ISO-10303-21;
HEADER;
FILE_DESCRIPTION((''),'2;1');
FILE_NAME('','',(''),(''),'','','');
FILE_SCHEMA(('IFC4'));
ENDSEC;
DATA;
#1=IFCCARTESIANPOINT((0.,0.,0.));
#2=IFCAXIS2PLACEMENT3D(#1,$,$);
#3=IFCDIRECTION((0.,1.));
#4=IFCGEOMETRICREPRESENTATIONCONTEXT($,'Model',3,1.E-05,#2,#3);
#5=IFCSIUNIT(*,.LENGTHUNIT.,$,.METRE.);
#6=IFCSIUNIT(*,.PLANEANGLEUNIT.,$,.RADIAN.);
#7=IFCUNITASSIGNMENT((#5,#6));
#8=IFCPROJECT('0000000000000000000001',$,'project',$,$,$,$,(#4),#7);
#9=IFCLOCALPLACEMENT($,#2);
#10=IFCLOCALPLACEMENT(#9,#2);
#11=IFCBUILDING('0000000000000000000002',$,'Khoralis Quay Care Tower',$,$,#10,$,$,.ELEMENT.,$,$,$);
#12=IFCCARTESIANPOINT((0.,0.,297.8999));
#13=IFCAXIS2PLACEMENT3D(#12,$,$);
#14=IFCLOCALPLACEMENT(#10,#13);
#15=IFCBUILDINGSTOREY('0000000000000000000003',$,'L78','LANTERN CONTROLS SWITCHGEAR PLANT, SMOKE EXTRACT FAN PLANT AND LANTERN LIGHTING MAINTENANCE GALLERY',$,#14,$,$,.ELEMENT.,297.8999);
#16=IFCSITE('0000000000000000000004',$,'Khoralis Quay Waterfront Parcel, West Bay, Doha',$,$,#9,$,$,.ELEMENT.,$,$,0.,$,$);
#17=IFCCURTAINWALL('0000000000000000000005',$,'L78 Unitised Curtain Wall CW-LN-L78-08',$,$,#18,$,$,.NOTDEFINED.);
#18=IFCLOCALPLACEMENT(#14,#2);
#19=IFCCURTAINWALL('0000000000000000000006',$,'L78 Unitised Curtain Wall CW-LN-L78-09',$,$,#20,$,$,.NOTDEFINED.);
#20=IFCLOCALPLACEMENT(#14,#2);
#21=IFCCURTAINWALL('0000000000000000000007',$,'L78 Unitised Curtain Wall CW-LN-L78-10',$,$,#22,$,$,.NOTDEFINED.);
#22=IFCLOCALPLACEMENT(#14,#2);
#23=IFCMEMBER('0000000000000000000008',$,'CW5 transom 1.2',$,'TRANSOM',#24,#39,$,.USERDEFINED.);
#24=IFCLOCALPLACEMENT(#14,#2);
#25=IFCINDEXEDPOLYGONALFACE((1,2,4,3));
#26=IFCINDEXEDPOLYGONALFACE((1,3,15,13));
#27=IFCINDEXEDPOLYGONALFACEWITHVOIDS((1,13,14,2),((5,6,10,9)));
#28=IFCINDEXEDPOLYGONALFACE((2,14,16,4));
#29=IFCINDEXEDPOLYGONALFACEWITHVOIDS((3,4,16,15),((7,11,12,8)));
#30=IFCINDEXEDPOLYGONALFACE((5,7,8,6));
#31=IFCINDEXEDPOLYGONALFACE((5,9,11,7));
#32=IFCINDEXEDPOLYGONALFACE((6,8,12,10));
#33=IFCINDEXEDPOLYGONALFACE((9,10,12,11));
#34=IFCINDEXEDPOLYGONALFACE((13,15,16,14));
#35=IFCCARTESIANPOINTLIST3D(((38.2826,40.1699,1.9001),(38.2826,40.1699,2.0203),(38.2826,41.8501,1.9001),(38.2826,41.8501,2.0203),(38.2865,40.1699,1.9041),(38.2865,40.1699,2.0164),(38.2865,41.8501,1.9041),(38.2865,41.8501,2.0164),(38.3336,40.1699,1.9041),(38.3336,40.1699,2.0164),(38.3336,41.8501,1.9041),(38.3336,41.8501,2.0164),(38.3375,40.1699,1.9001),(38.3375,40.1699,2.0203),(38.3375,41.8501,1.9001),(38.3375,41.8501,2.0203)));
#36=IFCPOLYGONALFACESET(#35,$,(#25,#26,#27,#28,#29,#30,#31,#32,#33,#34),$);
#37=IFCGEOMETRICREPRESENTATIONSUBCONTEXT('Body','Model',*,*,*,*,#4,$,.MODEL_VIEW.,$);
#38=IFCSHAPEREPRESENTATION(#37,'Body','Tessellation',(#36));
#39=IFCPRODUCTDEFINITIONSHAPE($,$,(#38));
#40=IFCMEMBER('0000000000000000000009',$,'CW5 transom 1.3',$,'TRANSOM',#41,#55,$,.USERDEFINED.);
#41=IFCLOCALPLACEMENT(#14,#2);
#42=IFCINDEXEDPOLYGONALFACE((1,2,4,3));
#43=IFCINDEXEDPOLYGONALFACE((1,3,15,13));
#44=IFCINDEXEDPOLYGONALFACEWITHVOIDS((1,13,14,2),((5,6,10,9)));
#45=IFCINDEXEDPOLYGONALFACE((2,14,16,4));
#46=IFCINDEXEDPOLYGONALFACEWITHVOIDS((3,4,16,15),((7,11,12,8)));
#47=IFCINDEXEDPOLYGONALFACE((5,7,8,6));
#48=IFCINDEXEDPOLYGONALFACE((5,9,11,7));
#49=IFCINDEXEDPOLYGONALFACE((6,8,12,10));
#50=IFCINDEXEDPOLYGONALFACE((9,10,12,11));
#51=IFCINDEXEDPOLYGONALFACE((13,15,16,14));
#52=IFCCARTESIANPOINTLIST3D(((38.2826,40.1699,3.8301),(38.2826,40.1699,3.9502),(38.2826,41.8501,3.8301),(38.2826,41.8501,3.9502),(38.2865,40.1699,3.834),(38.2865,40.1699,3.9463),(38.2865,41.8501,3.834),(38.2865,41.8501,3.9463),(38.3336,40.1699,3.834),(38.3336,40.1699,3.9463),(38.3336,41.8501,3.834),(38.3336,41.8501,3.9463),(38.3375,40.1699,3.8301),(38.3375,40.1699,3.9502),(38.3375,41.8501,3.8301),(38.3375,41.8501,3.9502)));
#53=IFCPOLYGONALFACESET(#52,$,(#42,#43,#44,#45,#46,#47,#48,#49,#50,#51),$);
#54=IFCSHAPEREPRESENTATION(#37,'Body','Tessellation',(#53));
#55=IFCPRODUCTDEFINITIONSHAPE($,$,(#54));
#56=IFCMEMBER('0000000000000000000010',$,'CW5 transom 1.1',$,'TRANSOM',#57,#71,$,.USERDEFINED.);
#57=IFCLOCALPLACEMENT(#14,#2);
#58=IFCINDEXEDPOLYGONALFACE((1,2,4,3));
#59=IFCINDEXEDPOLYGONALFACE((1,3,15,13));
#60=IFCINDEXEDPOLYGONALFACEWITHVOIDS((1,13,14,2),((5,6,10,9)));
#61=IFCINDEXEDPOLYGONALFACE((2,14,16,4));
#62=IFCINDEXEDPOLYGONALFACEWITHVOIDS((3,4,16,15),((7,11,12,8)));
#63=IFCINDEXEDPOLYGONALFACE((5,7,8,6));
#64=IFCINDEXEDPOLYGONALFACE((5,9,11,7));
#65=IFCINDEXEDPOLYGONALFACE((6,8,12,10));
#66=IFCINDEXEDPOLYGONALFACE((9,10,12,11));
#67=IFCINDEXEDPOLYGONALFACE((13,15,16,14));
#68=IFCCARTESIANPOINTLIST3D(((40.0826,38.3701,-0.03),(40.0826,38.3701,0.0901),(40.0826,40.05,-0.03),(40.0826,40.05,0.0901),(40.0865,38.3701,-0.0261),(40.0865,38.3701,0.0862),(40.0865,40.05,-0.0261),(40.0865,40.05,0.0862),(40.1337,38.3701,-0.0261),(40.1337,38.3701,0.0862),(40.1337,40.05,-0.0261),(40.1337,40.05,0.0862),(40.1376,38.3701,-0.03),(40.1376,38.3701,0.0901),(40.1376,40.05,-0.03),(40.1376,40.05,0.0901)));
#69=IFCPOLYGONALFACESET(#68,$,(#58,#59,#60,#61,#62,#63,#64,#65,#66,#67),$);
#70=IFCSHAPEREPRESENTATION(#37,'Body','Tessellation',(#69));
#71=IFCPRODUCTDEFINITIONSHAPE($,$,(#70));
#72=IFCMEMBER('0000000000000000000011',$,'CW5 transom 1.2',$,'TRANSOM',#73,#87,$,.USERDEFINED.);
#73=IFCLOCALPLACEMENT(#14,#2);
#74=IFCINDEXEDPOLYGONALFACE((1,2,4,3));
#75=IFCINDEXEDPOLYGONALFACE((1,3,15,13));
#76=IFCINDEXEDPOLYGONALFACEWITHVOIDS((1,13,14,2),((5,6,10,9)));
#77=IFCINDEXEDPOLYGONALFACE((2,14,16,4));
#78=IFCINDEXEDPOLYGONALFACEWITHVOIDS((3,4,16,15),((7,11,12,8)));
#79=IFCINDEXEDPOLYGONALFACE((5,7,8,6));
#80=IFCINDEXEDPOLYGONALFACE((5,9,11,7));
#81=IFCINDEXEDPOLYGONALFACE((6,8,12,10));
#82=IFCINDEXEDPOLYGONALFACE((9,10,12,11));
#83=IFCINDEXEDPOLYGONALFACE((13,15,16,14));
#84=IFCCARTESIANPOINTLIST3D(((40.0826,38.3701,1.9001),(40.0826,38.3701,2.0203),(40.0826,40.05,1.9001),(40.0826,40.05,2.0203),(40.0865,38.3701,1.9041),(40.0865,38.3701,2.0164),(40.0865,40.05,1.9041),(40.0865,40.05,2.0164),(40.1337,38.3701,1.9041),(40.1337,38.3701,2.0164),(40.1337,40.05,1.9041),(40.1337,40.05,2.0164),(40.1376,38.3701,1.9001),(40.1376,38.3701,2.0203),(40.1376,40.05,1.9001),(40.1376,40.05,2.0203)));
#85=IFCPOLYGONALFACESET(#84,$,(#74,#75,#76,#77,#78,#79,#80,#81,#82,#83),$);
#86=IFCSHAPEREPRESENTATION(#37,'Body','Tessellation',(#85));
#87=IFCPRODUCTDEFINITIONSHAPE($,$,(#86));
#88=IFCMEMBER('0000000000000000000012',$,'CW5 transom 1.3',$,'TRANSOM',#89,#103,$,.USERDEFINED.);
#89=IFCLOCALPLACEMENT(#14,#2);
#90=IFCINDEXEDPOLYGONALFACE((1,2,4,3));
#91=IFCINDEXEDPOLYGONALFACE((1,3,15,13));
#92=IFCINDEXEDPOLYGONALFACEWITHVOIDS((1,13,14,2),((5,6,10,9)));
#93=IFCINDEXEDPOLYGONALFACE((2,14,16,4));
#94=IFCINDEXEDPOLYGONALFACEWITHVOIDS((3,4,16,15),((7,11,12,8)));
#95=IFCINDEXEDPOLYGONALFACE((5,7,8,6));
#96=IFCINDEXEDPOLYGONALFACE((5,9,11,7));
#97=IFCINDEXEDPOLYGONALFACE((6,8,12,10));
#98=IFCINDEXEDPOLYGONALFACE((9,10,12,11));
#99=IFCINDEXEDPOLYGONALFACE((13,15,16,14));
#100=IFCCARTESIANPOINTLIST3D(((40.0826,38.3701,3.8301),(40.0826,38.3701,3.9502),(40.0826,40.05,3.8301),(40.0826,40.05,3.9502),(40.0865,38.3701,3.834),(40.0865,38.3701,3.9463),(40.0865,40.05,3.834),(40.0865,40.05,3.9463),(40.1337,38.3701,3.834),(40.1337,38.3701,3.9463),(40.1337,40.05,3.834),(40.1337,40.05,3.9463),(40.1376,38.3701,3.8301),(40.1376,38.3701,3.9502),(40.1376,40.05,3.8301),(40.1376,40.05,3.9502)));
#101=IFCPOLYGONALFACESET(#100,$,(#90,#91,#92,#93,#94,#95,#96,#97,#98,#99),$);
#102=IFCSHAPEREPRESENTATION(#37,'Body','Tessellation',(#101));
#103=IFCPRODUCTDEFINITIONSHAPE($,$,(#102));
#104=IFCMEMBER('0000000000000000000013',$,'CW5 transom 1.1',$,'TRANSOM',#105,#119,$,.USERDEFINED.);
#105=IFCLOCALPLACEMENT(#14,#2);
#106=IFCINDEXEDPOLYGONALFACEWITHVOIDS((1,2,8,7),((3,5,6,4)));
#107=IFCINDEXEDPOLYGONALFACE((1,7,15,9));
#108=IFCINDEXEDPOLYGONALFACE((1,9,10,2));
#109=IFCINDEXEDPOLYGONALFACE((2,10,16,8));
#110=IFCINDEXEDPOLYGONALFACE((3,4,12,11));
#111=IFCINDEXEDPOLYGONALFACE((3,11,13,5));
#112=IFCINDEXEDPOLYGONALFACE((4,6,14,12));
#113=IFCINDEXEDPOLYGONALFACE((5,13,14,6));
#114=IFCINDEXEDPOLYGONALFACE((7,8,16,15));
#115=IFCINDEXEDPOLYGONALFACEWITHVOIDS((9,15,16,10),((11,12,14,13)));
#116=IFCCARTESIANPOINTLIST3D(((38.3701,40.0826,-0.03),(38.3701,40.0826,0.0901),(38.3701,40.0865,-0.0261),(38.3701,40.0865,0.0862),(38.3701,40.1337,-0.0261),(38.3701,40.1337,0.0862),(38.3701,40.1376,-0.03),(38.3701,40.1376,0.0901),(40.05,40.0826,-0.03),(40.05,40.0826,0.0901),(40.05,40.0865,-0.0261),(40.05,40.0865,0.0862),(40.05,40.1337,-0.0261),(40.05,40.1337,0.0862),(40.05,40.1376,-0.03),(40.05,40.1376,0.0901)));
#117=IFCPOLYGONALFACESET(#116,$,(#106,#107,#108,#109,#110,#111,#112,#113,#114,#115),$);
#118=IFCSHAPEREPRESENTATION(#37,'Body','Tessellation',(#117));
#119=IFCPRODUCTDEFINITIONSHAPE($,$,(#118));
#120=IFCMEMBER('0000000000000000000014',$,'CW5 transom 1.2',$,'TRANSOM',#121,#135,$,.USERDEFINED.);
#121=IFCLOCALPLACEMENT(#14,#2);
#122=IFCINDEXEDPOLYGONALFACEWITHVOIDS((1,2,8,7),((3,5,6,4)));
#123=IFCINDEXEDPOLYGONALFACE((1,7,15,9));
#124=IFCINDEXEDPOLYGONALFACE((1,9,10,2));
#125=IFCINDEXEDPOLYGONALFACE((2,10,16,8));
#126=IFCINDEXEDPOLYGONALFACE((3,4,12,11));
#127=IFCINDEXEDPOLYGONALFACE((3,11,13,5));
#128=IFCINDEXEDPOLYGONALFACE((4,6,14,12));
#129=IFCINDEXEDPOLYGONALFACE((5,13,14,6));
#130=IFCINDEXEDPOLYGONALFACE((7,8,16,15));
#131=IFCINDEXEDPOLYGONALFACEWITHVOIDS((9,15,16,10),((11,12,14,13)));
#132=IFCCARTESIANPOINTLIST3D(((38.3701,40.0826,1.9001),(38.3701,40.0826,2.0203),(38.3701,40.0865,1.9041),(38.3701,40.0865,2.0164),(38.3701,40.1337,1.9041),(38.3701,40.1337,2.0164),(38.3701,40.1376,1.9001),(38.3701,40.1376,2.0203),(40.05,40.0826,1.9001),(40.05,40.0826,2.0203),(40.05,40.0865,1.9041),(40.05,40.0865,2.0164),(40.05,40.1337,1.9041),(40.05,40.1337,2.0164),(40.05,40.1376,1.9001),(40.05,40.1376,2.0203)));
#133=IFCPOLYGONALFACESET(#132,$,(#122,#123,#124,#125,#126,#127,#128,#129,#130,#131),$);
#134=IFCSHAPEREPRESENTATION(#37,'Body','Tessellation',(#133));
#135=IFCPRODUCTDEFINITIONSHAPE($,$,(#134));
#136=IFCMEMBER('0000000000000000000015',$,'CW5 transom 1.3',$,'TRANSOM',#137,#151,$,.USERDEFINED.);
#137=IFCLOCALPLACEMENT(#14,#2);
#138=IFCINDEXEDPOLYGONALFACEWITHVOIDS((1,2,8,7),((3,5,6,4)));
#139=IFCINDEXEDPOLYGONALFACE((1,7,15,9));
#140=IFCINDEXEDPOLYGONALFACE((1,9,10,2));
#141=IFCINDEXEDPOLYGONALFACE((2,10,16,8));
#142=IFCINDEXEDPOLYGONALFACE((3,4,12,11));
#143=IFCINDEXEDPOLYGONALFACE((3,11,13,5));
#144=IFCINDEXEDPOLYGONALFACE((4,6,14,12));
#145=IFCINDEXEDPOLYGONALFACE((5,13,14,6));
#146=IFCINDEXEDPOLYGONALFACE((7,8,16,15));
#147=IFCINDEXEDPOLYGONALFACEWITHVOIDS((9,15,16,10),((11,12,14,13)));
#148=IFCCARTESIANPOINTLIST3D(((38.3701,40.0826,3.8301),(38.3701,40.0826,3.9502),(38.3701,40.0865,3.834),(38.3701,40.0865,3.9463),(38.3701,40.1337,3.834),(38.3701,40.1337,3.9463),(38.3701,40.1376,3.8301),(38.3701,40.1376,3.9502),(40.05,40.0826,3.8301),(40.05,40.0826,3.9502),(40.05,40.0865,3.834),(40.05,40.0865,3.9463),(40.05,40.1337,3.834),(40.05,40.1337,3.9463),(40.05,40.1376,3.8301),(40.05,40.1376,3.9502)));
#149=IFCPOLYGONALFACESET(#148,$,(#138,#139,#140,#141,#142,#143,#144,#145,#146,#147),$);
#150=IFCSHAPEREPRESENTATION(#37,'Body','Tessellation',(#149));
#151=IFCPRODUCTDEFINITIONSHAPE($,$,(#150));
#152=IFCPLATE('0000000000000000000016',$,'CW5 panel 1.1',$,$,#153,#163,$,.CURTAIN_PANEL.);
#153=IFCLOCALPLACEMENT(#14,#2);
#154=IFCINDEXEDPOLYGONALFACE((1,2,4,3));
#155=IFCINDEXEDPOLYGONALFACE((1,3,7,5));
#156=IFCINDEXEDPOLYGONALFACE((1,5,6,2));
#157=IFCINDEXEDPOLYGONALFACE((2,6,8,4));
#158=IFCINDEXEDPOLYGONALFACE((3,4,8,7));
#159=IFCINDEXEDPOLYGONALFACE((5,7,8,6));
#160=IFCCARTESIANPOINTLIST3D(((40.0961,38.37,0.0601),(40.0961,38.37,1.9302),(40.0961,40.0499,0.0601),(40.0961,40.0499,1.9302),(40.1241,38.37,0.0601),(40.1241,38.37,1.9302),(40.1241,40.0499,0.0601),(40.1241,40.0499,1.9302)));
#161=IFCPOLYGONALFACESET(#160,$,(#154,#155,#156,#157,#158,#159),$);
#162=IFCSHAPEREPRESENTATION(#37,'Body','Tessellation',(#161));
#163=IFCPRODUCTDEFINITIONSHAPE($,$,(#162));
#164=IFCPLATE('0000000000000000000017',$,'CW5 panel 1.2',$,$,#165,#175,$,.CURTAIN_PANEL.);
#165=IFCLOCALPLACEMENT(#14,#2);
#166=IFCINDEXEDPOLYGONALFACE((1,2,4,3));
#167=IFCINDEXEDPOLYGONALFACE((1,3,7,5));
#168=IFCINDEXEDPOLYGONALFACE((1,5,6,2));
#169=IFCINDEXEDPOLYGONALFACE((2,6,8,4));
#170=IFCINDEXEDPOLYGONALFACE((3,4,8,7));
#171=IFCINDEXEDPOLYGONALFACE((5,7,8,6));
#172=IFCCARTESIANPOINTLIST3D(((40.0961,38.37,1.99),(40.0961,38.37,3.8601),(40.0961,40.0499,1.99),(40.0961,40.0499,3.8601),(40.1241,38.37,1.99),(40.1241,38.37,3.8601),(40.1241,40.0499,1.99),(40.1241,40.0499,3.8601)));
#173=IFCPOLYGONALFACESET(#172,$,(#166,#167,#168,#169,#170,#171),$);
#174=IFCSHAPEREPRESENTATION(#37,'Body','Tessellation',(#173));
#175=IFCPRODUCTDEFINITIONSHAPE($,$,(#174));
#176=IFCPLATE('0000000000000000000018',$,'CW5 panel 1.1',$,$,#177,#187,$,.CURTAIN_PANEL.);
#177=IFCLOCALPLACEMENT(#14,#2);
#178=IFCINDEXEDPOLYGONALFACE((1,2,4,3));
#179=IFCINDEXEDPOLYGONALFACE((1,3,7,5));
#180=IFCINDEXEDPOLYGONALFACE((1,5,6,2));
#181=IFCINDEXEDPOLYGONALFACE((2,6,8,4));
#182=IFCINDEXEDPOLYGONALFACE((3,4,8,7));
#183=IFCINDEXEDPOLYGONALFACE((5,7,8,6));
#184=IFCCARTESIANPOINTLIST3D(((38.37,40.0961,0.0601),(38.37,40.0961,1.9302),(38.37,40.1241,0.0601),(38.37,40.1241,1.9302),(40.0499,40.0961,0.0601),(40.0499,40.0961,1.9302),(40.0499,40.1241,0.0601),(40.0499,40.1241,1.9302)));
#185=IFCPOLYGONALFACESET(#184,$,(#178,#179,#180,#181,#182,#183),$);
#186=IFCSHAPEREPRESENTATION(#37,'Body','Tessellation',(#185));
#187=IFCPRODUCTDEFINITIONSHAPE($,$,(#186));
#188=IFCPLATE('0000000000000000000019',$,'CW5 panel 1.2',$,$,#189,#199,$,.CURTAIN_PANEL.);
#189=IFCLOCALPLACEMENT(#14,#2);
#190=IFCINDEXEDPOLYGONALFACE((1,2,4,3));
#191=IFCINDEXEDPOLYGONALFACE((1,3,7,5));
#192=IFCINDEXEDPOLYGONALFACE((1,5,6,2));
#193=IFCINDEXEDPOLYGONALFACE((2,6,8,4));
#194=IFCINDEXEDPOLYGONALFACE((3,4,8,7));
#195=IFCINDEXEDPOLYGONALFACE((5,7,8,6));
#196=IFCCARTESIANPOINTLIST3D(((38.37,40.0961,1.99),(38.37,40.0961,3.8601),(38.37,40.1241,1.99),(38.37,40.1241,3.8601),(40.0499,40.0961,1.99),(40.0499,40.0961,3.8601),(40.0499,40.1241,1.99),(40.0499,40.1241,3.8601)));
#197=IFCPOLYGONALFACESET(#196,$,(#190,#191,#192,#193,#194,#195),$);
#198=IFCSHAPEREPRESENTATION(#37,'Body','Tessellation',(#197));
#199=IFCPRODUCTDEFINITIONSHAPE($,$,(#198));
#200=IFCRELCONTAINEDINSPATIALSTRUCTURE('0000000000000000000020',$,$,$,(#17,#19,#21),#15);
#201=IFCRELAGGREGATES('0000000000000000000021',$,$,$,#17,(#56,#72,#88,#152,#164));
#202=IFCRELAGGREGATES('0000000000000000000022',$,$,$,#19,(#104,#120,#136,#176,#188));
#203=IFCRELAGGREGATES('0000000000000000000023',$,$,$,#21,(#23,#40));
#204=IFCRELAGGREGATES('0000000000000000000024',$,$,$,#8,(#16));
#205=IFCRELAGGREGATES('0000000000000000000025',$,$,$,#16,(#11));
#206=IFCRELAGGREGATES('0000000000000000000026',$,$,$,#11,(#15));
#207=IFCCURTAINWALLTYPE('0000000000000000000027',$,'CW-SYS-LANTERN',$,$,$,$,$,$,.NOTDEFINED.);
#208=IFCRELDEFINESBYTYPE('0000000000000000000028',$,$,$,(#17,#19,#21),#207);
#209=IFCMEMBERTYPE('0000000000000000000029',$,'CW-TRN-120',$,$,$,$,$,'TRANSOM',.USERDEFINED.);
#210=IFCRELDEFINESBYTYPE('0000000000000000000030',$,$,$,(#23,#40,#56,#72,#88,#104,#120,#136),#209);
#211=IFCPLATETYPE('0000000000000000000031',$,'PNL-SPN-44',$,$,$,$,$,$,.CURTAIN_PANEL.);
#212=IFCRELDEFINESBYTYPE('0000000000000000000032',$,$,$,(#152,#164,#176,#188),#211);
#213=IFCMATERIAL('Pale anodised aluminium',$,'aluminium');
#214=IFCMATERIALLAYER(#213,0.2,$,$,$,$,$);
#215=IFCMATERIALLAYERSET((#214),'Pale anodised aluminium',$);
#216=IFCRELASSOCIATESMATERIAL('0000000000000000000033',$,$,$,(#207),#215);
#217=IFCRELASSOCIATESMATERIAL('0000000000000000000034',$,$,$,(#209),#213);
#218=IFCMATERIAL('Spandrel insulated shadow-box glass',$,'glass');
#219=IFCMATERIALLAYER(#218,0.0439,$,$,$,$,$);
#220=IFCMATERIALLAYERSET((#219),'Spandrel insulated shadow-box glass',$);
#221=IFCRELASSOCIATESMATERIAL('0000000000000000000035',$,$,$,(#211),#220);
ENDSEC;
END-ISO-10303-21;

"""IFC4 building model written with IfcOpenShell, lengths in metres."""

from ifc_helpers import new_model, si_unit, direction, frame, origin, origin_2d, place, context, subcontext, project, spatial, rectangle, hollow_rectangle, extrude, source, transform, mapped, material, layer, layer_set, material_profile, profile_set, type_object, element, aggregate, save


model = new_model("IFC4")

# Units and contexts
model_context = context("Model", 3, precision=1e-05, world=origin(), true_north=direction((0.0, 1.0)))
body_context = subcontext(model_context, "Body", "Model", "MODEL_VIEW")
ifc_project = project(units=[si_unit("LENGTHUNIT", "METRE"), si_unit("PLANEANGLEUNIT", "RADIAN")], contexts=[model_context])

# Site, building, storey
site_placement = place(None, origin())
site = spatial("IfcSite", under=ifc_project, at=site_placement, Name="Khoralis Quay Waterfront Parcel, West Bay, Doha", CompositionType="ELEMENT", RefElevation=0.0)
building_placement = place(site_placement, origin())
building = spatial("IfcBuilding", under=site, at=building_placement, Name="Khoralis Quay Care Tower", CompositionType="ELEMENT")
storey_placement = place(building_placement, frame((0.0, 0.0, 297.8999)))
storey = spatial("IfcBuildingStorey", under=building, at=storey_placement, Name="L78", Description="LANTERN CONTROLS SWITCHGEAR PLANT, SMOKE EXTRACT FAN PLANT AND LANTERN LIGHTING MAINTENANCE GALLERY", CompositionType="ELEMENT", Elevation=297.8999)

# Shared definitions
ifc_material_1 = material(Name="Pale anodised aluminium", Category="aluminium")
ifc_layer_1 = layer(ifc_material_1, 0.2)
ifc_layer_set_1 = layer_set([ifc_layer_1], Name="Pale anodised aluminium")
curtain_wall_type = type_object("IfcCurtainWallType", Name="CW-SYS-LANTERN", PredefinedType="NOTDEFINED", material=ifc_layer_set_1)

# Curtain walls
curtain_wall_1_placement = place(storey_placement, origin())
curtain_wall_1 = element("IfcCurtainWall", 1, at=curtain_wall_1_placement, inside=storey, type_object=curtain_wall_type, Name="L78 Unitised Curtain Wall CW-LN-L78-08", PredefinedType="NOTDEFINED")
curtain_wall_2_placement = place(storey_placement, origin())
curtain_wall_2 = element("IfcCurtainWall", 2, at=curtain_wall_2_placement, inside=storey, type_object=curtain_wall_type, Name="L78 Unitised Curtain Wall CW-LN-L78-09", PredefinedType="NOTDEFINED")
curtain_wall_3_placement = place(storey_placement, origin())
curtain_wall_3 = element("IfcCurtainWall", 3, at=curtain_wall_3_placement, inside=storey, type_object=curtain_wall_type, Name="L78 Unitised Curtain Wall CW-LN-L78-10", PredefinedType="NOTDEFINED")
ifc_material_profile_1 = material_profile(ifc_material_1, hollow_rectangle(XDim=0.0549, YDim=0.1201, WallThickness=0.0039, at=origin_2d()), Name="Pale anodised aluminium")
ifc_profile_set_1 = profile_set([ifc_material_profile_1], Name="Pale anodised aluminium")
member_type_1 = type_object("IfcMemberType", Name="CW-TRN-120", ElementType="TRANSOM", PredefinedType="USERDEFINED", material=ifc_profile_set_1)

# Members
shared_shape_1 = source(origin(), body_context, "Body", "SweptSolid", [
    extrude(hollow_rectangle(XDim=0.0549, YDim=0.1201, WallThickness=0.0039, at=origin_2d()), origin(), (0.0, 0.0, 1.0), 1.6802),
])
member_1_placement = place(storey_placement, frame((38.3101, 40.1699, 1.9602), z_axis=(0.0, 1.0, 0.0), x_axis=(-1.0, 0.0, 0.0)))
member_1 = element("IfcMember", 4, at=member_1_placement, type_object=member_type_1, Name="CW5 transom 1.2", ObjectType="TRANSOM", PredefinedType="USERDEFINED", context=body_context, shape_type="MappedRepresentation", body=[
    mapped(shared_shape_1, transform((0.0, 0.0, 0.0), scale=1.0)),
])
member_2_placement = place(storey_placement, frame((38.3101, 40.1699, 3.8901), z_axis=(0.0, 1.0, 0.0), x_axis=(-1.0, 0.0, 0.0)))
member_2 = element("IfcMember", 5, at=member_2_placement, type_object=member_type_1, Name="CW5 transom 1.3", ObjectType="TRANSOM", PredefinedType="USERDEFINED", context=body_context, shape_type="MappedRepresentation", body=[
    mapped(shared_shape_1, transform((0.0, 0.0, 0.0), scale=1.0)),
])
shared_shape_2 = source(origin(), body_context, "Body", "SweptSolid", [
    extrude(hollow_rectangle(XDim=0.0549, YDim=0.1201, WallThickness=0.0039, at=origin_2d()), origin(), (0.0, 0.0, 1.0), 1.6799),
])
member_3_placement = place(storey_placement, frame((40.1101, 38.3701, 0.03), z_axis=(0.0, 1.0, 0.0), x_axis=(-1.0, 0.0, 0.0)))
member_3 = element("IfcMember", 6, at=member_3_placement, type_object=member_type_1, Name="CW5 transom 1.1", ObjectType="TRANSOM", PredefinedType="USERDEFINED", context=body_context, shape_type="MappedRepresentation", body=[
    mapped(shared_shape_2, transform((0.0, 0.0, 0.0), scale=1.0)),
])
member_4_placement = place(storey_placement, frame((40.1101, 38.3701, 1.9602), z_axis=(0.0, 1.0, 0.0), x_axis=(-1.0, 0.0, 0.0)))
member_4 = element("IfcMember", 7, at=member_4_placement, type_object=member_type_1, Name="CW5 transom 1.2", ObjectType="TRANSOM", PredefinedType="USERDEFINED", context=body_context, shape_type="MappedRepresentation", body=[
    mapped(shared_shape_2, transform((0.0, 0.0, 0.0), scale=1.0)),
])
member_5_placement = place(storey_placement, frame((40.1101, 38.3701, 3.8901), z_axis=(0.0, 1.0, 0.0), x_axis=(-1.0, 0.0, 0.0)))
member_5 = element("IfcMember", 8, at=member_5_placement, type_object=member_type_1, Name="CW5 transom 1.3", ObjectType="TRANSOM", PredefinedType="USERDEFINED", context=body_context, shape_type="MappedRepresentation", body=[
    mapped(shared_shape_2, transform((0.0, 0.0, 0.0), scale=1.0)),
])
member_6_placement = place(storey_placement, frame((40.05, 40.1101, 0.03), z_axis=(-1.0, 0.0, 0.0), x_axis=(0.0, -1.0, 0.0)))
member_6 = element("IfcMember", 9, at=member_6_placement, type_object=member_type_1, Name="CW5 transom 1.1", ObjectType="TRANSOM", PredefinedType="USERDEFINED", context=body_context, shape_type="MappedRepresentation", body=[
    mapped(shared_shape_2, transform((0.0, 0.0, 0.0), scale=1.0)),
])
member_7_placement = place(storey_placement, frame((40.05, 40.1101, 1.9602), z_axis=(-1.0, 0.0, 0.0), x_axis=(0.0, -1.0, 0.0)))
member_7 = element("IfcMember", 10, at=member_7_placement, type_object=member_type_1, Name="CW5 transom 1.2", ObjectType="TRANSOM", PredefinedType="USERDEFINED", context=body_context, shape_type="MappedRepresentation", body=[
    mapped(shared_shape_2, transform((0.0, 0.0, 0.0), scale=1.0)),
])
member_8_placement = place(storey_placement, frame((40.05, 40.1101, 3.8901), z_axis=(-1.0, 0.0, 0.0), x_axis=(0.0, -1.0, 0.0)))
member_8 = element("IfcMember", 11, at=member_8_placement, type_object=member_type_1, Name="CW5 transom 1.3", ObjectType="TRANSOM", PredefinedType="USERDEFINED", context=body_context, shape_type="MappedRepresentation", body=[
    mapped(shared_shape_2, transform((0.0, 0.0, 0.0), scale=1.0)),
])

# Plates
ifc_material_2 = material(Name="Spandrel insulated shadow-box glass", Category="glass")
ifc_layer_2 = layer(ifc_material_2, 0.0439)
ifc_layer_set_2 = layer_set([ifc_layer_2], Name="Spandrel insulated shadow-box glass")
plate_type = type_object("IfcPlateType", Name="PNL-SPN-44", PredefinedType="CURTAIN_PANEL", material=ifc_layer_set_2)
shared_shape_3 = source(origin(), body_context, "Body", "SweptSolid", [
    extrude(rectangle(XDim=1.6799, YDim=0.0281, at=origin_2d()), origin(), (0.0, 0.0, 1.0), 1.8701),
])
plate_1_placement = place(storey_placement, frame((40.1101, 39.21, 0.0601), z_axis=(0.0, 0.0, 1.0), x_axis=(0.0, 1.0, 0.0)))
plate_1 = element("IfcPlate", 12, at=plate_1_placement, type_object=plate_type, Name="CW5 panel 1.1", PredefinedType="CURTAIN_PANEL", context=body_context, shape_type="MappedRepresentation", body=[
    mapped(shared_shape_3, transform((0.0, 0.0, 0.0), scale=1.0)),
])
plate_2_placement = place(storey_placement, frame((40.1101, 39.21, 1.99), z_axis=(0.0, 0.0, 1.0), x_axis=(0.0, 1.0, 0.0)))
plate_2 = element("IfcPlate", 13, at=plate_2_placement, type_object=plate_type, Name="CW5 panel 1.2", PredefinedType="CURTAIN_PANEL", context=body_context, shape_type="MappedRepresentation", body=[
    mapped(shared_shape_3, transform((0.0, 0.0, 0.0), scale=1.0)),
])
aggregate(curtain_wall_1, [member_3, member_4, member_5, plate_1, plate_2])
plate_3_placement = place(storey_placement, frame((39.21, 40.1101, 0.0601), z_axis=(0.0, 0.0, 1.0), x_axis=(-1.0, 0.0, 0.0)))
plate_3 = element("IfcPlate", 14, at=plate_3_placement, type_object=plate_type, Name="CW5 panel 1.1", PredefinedType="CURTAIN_PANEL", context=body_context, shape_type="MappedRepresentation", body=[
    mapped(shared_shape_3, transform((0.0, 0.0, 0.0), scale=1.0)),
])
plate_4_placement = place(storey_placement, frame((39.21, 40.1101, 1.99), z_axis=(0.0, 0.0, 1.0), x_axis=(-1.0, 0.0, 0.0)))
plate_4 = element("IfcPlate", 15, at=plate_4_placement, type_object=plate_type, Name="CW5 panel 1.2", PredefinedType="CURTAIN_PANEL", context=body_context, shape_type="MappedRepresentation", body=[
    mapped(shared_shape_3, transform((0.0, 0.0, 0.0), scale=1.0)),
])
aggregate(curtain_wall_2, [member_6, member_7, member_8, plate_3, plate_4])
aggregate(curtain_wall_3, [member_1, member_2])

save(model, "model.ifc")
